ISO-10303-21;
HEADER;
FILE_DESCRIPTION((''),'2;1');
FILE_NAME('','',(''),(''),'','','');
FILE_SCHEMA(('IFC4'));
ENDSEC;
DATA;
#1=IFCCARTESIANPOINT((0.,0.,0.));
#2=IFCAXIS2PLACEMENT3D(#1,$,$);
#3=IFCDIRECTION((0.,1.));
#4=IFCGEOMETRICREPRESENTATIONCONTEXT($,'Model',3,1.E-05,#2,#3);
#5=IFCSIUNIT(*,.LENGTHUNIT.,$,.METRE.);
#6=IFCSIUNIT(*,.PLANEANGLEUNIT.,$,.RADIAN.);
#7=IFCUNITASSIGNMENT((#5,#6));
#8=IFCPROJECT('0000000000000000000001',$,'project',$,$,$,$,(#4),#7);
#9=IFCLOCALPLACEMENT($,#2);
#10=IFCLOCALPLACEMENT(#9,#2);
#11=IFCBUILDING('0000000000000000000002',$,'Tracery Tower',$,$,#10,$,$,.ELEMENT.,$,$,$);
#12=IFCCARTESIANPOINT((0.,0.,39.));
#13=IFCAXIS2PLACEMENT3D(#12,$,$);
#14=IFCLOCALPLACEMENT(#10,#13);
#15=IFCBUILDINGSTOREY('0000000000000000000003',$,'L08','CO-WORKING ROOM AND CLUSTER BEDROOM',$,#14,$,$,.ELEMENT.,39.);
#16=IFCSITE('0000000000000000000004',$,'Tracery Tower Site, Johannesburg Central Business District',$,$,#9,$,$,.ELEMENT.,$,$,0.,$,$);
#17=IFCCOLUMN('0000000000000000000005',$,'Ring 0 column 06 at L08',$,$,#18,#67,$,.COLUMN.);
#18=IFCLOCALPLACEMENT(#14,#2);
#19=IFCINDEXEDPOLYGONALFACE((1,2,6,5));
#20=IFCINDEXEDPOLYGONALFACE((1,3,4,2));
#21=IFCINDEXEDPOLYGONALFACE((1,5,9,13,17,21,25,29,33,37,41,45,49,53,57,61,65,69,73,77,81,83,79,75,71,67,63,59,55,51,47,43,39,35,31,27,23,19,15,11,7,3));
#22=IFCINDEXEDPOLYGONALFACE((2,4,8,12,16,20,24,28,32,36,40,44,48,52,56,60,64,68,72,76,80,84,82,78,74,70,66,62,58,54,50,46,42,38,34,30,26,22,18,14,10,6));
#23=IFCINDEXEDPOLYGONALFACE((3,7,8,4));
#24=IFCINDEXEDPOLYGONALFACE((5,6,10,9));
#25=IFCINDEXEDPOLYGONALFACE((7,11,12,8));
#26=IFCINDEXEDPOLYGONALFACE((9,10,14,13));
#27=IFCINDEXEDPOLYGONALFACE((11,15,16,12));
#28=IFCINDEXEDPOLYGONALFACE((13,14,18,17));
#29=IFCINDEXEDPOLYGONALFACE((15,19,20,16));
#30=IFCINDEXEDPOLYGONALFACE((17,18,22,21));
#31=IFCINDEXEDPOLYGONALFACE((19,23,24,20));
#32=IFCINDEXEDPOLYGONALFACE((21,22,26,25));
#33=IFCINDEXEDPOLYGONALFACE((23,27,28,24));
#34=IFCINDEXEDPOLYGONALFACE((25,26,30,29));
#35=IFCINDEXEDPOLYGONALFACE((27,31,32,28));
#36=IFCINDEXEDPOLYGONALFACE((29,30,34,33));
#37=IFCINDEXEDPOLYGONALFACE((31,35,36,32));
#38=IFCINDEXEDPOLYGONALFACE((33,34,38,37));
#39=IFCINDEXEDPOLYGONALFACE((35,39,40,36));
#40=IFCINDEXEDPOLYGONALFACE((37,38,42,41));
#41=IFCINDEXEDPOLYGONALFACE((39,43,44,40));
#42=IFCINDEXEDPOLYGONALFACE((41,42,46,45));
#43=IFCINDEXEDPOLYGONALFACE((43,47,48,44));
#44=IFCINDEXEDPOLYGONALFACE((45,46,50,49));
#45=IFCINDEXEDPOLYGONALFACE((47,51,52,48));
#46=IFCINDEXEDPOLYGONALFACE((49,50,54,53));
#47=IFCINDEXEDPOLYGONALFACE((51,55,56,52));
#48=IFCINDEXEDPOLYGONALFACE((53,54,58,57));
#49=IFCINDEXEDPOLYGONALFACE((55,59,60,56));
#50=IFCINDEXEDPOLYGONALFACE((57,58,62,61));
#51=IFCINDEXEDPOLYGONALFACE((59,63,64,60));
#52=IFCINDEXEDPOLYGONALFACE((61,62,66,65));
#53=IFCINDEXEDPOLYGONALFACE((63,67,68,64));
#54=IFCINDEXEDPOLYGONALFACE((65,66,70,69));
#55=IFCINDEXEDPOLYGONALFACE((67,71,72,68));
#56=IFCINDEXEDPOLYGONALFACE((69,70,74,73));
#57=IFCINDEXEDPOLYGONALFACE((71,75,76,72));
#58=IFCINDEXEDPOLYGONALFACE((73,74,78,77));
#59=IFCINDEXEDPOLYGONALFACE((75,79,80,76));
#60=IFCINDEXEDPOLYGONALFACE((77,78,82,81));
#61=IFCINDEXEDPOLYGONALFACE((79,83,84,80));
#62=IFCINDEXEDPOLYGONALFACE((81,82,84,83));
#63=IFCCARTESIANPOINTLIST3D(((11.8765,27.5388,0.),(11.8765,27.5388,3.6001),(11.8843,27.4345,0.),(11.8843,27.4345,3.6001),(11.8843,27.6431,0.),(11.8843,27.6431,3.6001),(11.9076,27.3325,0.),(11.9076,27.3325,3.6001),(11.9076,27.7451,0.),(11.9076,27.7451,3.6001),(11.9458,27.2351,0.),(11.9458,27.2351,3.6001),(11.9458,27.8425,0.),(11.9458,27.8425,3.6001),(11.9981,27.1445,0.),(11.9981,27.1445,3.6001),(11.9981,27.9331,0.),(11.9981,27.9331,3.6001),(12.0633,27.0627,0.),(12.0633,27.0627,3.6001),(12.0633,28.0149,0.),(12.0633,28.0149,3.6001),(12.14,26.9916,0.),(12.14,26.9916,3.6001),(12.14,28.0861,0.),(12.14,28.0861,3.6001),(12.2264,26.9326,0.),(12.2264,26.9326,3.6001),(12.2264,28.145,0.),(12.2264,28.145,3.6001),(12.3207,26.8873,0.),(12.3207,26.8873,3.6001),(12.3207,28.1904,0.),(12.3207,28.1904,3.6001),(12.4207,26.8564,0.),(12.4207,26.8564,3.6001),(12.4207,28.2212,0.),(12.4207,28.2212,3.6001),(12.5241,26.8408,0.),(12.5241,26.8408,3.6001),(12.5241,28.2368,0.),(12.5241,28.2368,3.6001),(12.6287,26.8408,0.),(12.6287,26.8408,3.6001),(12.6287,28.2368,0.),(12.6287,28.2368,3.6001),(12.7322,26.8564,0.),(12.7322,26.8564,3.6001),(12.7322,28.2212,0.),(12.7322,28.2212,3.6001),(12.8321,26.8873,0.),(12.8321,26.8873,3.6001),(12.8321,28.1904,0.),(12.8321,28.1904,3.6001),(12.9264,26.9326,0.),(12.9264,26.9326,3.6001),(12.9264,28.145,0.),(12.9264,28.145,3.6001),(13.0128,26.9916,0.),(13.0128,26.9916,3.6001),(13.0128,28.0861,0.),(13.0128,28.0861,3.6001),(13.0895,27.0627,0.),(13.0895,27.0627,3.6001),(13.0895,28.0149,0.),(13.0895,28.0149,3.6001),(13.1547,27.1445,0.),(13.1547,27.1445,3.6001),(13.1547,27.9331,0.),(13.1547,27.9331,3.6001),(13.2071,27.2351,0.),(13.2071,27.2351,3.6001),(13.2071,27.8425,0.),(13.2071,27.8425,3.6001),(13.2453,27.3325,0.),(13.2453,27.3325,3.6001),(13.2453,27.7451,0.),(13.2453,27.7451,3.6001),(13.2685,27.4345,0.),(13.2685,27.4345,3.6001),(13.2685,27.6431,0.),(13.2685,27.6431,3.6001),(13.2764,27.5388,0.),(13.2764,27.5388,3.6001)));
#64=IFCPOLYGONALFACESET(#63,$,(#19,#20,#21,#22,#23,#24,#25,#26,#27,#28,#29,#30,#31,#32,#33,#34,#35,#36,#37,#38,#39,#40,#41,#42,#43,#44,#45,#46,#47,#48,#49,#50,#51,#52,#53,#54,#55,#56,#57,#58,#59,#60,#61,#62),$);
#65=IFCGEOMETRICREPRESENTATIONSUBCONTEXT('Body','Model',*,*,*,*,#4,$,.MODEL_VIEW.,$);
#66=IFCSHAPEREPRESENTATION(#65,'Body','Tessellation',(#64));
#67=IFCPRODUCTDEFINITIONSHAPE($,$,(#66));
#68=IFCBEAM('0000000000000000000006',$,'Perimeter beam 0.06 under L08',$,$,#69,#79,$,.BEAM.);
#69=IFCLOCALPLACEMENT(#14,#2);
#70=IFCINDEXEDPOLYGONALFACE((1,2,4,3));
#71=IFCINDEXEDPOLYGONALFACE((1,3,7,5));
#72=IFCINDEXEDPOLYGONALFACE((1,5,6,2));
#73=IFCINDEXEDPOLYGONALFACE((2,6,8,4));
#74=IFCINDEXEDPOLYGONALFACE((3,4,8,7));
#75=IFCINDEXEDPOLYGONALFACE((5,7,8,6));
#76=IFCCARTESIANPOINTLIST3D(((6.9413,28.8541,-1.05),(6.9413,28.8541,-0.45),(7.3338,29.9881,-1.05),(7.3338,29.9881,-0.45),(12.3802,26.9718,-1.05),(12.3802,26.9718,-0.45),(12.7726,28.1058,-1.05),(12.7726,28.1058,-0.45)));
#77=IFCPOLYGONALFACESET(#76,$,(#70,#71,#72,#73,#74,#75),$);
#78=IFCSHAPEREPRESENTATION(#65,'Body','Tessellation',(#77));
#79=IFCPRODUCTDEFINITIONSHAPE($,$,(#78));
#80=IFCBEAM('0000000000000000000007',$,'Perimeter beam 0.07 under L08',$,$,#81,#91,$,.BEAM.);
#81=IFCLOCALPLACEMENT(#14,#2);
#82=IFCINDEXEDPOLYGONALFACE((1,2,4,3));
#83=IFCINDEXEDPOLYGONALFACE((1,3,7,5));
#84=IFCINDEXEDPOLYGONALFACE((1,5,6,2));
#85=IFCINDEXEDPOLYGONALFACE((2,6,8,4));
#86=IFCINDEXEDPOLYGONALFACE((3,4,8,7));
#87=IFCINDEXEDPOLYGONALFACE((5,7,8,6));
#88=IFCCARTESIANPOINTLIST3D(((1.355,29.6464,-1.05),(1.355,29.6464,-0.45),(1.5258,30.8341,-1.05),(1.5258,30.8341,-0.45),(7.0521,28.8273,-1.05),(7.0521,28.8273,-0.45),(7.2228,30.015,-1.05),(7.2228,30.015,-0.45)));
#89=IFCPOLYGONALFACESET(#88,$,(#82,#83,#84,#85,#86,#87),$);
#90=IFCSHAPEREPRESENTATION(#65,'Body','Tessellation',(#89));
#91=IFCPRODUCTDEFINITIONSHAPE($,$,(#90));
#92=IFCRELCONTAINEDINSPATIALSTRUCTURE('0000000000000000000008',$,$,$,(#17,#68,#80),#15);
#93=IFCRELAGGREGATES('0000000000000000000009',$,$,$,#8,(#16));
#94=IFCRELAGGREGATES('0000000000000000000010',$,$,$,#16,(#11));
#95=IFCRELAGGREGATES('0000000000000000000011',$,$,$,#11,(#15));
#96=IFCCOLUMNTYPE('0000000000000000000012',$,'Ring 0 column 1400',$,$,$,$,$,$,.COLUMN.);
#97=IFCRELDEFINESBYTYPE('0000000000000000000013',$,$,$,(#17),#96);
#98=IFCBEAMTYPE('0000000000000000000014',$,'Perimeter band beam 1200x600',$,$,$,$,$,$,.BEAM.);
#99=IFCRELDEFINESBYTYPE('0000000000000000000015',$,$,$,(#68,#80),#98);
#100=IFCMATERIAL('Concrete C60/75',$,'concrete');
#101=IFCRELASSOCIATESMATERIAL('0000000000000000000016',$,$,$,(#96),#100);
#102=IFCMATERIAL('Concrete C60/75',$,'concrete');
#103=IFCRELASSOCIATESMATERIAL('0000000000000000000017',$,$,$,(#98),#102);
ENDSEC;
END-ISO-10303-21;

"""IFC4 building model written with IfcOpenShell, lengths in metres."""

from ifc_helpers import new_model, si_unit, direction, frame, origin, origin_2d, place, context, subcontext, project, spatial, rectangle, circle, extrude, material, material_profile, profile_set, type_object, element, save


model = new_model("IFC4")

# Units and contexts
model_context = context("Model", 3, precision=1e-05, world=origin(), true_north=direction((0.0, 1.0)))
body_context = subcontext(model_context, "Body", "Model", "MODEL_VIEW")
ifc_project = project(units=[si_unit("LENGTHUNIT", "METRE"), si_unit("PLANEANGLEUNIT", "RADIAN")], contexts=[model_context])

# Site, building, storey
site_placement = place(None, origin())
site = spatial("IfcSite", under=ifc_project, at=site_placement, Name="Tracery Tower Site, Johannesburg Central Business District", CompositionType="ELEMENT", RefElevation=0.0)
building_placement = place(site_placement, origin())
building = spatial("IfcBuilding", under=site, at=building_placement, Name="Tracery Tower", CompositionType="ELEMENT")
storey_placement = place(building_placement, frame((0.0, 0.0, 39.0)))
storey = spatial("IfcBuildingStorey", under=building, at=storey_placement, Name="L08", Description="CO-WORKING ROOM AND CLUSTER BEDROOM", CompositionType="ELEMENT", Elevation=39.0)

# Column
ifc_material_1 = material(Name="Concrete C60/75", Category="concrete")
ifc_material_profile_1 = material_profile(ifc_material_1, circle(Radius=0.7, at=origin_2d()), Name="RC D1400")
ifc_profile_set_1 = profile_set([ifc_material_profile_1], Name="Concrete C60/75")
column_type = type_object("IfcColumnType", Name="Ring 0 column 1400", PredefinedType="COLUMN", material=ifc_profile_set_1)
column_placement = place(storey_placement, frame((12.5764, 27.5388, 0.0), z_axis=(0.0, 0.0, 1.0), x_axis=(1.0, 0.0, 0.0)))
element("IfcColumn", 1, at=column_placement, inside=storey, type_object=column_type, Name="Ring 0 column 06 at L08", PredefinedType="COLUMN", context=body_context, shape_type="SweptSolid", body=[
    extrude(circle(Radius=0.7, at=origin_2d()), origin(), (0.0, 0.0, 1.0), 3.6001),
])

# Beams
ifc_material_2 = material(Name="Concrete C60/75", Category="concrete")
ifc_material_profile_2 = material_profile(ifc_material_2, rectangle(XDim=1.2, YDim=0.6001, at=origin_2d()), Name="RC 1200x600")
ifc_profile_set_2 = profile_set([ifc_material_profile_2], Name="Concrete C60/75")
beam_type = type_object("IfcBeamType", Name="Perimeter band beam 1200x600", PredefinedType="BEAM", material=ifc_profile_set_2)
beam_1_placement = place(storey_placement, frame((12.5764, 27.5388, -0.75), z_axis=(-0.945007, 0.327049, 0.0), x_axis=(-0.327049, -0.945007, 0.0)))
element("IfcBeam", 2, at=beam_1_placement, inside=storey, type_object=beam_type, Name="Perimeter beam 0.06 under L08", PredefinedType="BEAM", context=body_context, shape_type="SweptSolid", body=[
    extrude(rectangle(XDim=1.2, YDim=0.6001, at=origin_2d()), origin(), (0.0, 0.0, 1.0), 5.7554),
])
beam_2_placement = place(storey_placement, frame((7.1375, 29.4211, -0.75), z_axis=(-0.989822, 0.142312, 0.0), x_axis=(-0.142312, -0.989822, 0.0)))
element("IfcBeam", 3, at=beam_2_placement, inside=storey, type_object=beam_type, Name="Perimeter beam 0.07 under L08", PredefinedType="BEAM", context=body_context, shape_type="SweptSolid", body=[
    extrude(rectangle(XDim=1.2, YDim=0.6001, at=origin_2d()), origin(), (0.0, 0.0, 1.0), 5.7556),
])

save(model, "model.ifc")
